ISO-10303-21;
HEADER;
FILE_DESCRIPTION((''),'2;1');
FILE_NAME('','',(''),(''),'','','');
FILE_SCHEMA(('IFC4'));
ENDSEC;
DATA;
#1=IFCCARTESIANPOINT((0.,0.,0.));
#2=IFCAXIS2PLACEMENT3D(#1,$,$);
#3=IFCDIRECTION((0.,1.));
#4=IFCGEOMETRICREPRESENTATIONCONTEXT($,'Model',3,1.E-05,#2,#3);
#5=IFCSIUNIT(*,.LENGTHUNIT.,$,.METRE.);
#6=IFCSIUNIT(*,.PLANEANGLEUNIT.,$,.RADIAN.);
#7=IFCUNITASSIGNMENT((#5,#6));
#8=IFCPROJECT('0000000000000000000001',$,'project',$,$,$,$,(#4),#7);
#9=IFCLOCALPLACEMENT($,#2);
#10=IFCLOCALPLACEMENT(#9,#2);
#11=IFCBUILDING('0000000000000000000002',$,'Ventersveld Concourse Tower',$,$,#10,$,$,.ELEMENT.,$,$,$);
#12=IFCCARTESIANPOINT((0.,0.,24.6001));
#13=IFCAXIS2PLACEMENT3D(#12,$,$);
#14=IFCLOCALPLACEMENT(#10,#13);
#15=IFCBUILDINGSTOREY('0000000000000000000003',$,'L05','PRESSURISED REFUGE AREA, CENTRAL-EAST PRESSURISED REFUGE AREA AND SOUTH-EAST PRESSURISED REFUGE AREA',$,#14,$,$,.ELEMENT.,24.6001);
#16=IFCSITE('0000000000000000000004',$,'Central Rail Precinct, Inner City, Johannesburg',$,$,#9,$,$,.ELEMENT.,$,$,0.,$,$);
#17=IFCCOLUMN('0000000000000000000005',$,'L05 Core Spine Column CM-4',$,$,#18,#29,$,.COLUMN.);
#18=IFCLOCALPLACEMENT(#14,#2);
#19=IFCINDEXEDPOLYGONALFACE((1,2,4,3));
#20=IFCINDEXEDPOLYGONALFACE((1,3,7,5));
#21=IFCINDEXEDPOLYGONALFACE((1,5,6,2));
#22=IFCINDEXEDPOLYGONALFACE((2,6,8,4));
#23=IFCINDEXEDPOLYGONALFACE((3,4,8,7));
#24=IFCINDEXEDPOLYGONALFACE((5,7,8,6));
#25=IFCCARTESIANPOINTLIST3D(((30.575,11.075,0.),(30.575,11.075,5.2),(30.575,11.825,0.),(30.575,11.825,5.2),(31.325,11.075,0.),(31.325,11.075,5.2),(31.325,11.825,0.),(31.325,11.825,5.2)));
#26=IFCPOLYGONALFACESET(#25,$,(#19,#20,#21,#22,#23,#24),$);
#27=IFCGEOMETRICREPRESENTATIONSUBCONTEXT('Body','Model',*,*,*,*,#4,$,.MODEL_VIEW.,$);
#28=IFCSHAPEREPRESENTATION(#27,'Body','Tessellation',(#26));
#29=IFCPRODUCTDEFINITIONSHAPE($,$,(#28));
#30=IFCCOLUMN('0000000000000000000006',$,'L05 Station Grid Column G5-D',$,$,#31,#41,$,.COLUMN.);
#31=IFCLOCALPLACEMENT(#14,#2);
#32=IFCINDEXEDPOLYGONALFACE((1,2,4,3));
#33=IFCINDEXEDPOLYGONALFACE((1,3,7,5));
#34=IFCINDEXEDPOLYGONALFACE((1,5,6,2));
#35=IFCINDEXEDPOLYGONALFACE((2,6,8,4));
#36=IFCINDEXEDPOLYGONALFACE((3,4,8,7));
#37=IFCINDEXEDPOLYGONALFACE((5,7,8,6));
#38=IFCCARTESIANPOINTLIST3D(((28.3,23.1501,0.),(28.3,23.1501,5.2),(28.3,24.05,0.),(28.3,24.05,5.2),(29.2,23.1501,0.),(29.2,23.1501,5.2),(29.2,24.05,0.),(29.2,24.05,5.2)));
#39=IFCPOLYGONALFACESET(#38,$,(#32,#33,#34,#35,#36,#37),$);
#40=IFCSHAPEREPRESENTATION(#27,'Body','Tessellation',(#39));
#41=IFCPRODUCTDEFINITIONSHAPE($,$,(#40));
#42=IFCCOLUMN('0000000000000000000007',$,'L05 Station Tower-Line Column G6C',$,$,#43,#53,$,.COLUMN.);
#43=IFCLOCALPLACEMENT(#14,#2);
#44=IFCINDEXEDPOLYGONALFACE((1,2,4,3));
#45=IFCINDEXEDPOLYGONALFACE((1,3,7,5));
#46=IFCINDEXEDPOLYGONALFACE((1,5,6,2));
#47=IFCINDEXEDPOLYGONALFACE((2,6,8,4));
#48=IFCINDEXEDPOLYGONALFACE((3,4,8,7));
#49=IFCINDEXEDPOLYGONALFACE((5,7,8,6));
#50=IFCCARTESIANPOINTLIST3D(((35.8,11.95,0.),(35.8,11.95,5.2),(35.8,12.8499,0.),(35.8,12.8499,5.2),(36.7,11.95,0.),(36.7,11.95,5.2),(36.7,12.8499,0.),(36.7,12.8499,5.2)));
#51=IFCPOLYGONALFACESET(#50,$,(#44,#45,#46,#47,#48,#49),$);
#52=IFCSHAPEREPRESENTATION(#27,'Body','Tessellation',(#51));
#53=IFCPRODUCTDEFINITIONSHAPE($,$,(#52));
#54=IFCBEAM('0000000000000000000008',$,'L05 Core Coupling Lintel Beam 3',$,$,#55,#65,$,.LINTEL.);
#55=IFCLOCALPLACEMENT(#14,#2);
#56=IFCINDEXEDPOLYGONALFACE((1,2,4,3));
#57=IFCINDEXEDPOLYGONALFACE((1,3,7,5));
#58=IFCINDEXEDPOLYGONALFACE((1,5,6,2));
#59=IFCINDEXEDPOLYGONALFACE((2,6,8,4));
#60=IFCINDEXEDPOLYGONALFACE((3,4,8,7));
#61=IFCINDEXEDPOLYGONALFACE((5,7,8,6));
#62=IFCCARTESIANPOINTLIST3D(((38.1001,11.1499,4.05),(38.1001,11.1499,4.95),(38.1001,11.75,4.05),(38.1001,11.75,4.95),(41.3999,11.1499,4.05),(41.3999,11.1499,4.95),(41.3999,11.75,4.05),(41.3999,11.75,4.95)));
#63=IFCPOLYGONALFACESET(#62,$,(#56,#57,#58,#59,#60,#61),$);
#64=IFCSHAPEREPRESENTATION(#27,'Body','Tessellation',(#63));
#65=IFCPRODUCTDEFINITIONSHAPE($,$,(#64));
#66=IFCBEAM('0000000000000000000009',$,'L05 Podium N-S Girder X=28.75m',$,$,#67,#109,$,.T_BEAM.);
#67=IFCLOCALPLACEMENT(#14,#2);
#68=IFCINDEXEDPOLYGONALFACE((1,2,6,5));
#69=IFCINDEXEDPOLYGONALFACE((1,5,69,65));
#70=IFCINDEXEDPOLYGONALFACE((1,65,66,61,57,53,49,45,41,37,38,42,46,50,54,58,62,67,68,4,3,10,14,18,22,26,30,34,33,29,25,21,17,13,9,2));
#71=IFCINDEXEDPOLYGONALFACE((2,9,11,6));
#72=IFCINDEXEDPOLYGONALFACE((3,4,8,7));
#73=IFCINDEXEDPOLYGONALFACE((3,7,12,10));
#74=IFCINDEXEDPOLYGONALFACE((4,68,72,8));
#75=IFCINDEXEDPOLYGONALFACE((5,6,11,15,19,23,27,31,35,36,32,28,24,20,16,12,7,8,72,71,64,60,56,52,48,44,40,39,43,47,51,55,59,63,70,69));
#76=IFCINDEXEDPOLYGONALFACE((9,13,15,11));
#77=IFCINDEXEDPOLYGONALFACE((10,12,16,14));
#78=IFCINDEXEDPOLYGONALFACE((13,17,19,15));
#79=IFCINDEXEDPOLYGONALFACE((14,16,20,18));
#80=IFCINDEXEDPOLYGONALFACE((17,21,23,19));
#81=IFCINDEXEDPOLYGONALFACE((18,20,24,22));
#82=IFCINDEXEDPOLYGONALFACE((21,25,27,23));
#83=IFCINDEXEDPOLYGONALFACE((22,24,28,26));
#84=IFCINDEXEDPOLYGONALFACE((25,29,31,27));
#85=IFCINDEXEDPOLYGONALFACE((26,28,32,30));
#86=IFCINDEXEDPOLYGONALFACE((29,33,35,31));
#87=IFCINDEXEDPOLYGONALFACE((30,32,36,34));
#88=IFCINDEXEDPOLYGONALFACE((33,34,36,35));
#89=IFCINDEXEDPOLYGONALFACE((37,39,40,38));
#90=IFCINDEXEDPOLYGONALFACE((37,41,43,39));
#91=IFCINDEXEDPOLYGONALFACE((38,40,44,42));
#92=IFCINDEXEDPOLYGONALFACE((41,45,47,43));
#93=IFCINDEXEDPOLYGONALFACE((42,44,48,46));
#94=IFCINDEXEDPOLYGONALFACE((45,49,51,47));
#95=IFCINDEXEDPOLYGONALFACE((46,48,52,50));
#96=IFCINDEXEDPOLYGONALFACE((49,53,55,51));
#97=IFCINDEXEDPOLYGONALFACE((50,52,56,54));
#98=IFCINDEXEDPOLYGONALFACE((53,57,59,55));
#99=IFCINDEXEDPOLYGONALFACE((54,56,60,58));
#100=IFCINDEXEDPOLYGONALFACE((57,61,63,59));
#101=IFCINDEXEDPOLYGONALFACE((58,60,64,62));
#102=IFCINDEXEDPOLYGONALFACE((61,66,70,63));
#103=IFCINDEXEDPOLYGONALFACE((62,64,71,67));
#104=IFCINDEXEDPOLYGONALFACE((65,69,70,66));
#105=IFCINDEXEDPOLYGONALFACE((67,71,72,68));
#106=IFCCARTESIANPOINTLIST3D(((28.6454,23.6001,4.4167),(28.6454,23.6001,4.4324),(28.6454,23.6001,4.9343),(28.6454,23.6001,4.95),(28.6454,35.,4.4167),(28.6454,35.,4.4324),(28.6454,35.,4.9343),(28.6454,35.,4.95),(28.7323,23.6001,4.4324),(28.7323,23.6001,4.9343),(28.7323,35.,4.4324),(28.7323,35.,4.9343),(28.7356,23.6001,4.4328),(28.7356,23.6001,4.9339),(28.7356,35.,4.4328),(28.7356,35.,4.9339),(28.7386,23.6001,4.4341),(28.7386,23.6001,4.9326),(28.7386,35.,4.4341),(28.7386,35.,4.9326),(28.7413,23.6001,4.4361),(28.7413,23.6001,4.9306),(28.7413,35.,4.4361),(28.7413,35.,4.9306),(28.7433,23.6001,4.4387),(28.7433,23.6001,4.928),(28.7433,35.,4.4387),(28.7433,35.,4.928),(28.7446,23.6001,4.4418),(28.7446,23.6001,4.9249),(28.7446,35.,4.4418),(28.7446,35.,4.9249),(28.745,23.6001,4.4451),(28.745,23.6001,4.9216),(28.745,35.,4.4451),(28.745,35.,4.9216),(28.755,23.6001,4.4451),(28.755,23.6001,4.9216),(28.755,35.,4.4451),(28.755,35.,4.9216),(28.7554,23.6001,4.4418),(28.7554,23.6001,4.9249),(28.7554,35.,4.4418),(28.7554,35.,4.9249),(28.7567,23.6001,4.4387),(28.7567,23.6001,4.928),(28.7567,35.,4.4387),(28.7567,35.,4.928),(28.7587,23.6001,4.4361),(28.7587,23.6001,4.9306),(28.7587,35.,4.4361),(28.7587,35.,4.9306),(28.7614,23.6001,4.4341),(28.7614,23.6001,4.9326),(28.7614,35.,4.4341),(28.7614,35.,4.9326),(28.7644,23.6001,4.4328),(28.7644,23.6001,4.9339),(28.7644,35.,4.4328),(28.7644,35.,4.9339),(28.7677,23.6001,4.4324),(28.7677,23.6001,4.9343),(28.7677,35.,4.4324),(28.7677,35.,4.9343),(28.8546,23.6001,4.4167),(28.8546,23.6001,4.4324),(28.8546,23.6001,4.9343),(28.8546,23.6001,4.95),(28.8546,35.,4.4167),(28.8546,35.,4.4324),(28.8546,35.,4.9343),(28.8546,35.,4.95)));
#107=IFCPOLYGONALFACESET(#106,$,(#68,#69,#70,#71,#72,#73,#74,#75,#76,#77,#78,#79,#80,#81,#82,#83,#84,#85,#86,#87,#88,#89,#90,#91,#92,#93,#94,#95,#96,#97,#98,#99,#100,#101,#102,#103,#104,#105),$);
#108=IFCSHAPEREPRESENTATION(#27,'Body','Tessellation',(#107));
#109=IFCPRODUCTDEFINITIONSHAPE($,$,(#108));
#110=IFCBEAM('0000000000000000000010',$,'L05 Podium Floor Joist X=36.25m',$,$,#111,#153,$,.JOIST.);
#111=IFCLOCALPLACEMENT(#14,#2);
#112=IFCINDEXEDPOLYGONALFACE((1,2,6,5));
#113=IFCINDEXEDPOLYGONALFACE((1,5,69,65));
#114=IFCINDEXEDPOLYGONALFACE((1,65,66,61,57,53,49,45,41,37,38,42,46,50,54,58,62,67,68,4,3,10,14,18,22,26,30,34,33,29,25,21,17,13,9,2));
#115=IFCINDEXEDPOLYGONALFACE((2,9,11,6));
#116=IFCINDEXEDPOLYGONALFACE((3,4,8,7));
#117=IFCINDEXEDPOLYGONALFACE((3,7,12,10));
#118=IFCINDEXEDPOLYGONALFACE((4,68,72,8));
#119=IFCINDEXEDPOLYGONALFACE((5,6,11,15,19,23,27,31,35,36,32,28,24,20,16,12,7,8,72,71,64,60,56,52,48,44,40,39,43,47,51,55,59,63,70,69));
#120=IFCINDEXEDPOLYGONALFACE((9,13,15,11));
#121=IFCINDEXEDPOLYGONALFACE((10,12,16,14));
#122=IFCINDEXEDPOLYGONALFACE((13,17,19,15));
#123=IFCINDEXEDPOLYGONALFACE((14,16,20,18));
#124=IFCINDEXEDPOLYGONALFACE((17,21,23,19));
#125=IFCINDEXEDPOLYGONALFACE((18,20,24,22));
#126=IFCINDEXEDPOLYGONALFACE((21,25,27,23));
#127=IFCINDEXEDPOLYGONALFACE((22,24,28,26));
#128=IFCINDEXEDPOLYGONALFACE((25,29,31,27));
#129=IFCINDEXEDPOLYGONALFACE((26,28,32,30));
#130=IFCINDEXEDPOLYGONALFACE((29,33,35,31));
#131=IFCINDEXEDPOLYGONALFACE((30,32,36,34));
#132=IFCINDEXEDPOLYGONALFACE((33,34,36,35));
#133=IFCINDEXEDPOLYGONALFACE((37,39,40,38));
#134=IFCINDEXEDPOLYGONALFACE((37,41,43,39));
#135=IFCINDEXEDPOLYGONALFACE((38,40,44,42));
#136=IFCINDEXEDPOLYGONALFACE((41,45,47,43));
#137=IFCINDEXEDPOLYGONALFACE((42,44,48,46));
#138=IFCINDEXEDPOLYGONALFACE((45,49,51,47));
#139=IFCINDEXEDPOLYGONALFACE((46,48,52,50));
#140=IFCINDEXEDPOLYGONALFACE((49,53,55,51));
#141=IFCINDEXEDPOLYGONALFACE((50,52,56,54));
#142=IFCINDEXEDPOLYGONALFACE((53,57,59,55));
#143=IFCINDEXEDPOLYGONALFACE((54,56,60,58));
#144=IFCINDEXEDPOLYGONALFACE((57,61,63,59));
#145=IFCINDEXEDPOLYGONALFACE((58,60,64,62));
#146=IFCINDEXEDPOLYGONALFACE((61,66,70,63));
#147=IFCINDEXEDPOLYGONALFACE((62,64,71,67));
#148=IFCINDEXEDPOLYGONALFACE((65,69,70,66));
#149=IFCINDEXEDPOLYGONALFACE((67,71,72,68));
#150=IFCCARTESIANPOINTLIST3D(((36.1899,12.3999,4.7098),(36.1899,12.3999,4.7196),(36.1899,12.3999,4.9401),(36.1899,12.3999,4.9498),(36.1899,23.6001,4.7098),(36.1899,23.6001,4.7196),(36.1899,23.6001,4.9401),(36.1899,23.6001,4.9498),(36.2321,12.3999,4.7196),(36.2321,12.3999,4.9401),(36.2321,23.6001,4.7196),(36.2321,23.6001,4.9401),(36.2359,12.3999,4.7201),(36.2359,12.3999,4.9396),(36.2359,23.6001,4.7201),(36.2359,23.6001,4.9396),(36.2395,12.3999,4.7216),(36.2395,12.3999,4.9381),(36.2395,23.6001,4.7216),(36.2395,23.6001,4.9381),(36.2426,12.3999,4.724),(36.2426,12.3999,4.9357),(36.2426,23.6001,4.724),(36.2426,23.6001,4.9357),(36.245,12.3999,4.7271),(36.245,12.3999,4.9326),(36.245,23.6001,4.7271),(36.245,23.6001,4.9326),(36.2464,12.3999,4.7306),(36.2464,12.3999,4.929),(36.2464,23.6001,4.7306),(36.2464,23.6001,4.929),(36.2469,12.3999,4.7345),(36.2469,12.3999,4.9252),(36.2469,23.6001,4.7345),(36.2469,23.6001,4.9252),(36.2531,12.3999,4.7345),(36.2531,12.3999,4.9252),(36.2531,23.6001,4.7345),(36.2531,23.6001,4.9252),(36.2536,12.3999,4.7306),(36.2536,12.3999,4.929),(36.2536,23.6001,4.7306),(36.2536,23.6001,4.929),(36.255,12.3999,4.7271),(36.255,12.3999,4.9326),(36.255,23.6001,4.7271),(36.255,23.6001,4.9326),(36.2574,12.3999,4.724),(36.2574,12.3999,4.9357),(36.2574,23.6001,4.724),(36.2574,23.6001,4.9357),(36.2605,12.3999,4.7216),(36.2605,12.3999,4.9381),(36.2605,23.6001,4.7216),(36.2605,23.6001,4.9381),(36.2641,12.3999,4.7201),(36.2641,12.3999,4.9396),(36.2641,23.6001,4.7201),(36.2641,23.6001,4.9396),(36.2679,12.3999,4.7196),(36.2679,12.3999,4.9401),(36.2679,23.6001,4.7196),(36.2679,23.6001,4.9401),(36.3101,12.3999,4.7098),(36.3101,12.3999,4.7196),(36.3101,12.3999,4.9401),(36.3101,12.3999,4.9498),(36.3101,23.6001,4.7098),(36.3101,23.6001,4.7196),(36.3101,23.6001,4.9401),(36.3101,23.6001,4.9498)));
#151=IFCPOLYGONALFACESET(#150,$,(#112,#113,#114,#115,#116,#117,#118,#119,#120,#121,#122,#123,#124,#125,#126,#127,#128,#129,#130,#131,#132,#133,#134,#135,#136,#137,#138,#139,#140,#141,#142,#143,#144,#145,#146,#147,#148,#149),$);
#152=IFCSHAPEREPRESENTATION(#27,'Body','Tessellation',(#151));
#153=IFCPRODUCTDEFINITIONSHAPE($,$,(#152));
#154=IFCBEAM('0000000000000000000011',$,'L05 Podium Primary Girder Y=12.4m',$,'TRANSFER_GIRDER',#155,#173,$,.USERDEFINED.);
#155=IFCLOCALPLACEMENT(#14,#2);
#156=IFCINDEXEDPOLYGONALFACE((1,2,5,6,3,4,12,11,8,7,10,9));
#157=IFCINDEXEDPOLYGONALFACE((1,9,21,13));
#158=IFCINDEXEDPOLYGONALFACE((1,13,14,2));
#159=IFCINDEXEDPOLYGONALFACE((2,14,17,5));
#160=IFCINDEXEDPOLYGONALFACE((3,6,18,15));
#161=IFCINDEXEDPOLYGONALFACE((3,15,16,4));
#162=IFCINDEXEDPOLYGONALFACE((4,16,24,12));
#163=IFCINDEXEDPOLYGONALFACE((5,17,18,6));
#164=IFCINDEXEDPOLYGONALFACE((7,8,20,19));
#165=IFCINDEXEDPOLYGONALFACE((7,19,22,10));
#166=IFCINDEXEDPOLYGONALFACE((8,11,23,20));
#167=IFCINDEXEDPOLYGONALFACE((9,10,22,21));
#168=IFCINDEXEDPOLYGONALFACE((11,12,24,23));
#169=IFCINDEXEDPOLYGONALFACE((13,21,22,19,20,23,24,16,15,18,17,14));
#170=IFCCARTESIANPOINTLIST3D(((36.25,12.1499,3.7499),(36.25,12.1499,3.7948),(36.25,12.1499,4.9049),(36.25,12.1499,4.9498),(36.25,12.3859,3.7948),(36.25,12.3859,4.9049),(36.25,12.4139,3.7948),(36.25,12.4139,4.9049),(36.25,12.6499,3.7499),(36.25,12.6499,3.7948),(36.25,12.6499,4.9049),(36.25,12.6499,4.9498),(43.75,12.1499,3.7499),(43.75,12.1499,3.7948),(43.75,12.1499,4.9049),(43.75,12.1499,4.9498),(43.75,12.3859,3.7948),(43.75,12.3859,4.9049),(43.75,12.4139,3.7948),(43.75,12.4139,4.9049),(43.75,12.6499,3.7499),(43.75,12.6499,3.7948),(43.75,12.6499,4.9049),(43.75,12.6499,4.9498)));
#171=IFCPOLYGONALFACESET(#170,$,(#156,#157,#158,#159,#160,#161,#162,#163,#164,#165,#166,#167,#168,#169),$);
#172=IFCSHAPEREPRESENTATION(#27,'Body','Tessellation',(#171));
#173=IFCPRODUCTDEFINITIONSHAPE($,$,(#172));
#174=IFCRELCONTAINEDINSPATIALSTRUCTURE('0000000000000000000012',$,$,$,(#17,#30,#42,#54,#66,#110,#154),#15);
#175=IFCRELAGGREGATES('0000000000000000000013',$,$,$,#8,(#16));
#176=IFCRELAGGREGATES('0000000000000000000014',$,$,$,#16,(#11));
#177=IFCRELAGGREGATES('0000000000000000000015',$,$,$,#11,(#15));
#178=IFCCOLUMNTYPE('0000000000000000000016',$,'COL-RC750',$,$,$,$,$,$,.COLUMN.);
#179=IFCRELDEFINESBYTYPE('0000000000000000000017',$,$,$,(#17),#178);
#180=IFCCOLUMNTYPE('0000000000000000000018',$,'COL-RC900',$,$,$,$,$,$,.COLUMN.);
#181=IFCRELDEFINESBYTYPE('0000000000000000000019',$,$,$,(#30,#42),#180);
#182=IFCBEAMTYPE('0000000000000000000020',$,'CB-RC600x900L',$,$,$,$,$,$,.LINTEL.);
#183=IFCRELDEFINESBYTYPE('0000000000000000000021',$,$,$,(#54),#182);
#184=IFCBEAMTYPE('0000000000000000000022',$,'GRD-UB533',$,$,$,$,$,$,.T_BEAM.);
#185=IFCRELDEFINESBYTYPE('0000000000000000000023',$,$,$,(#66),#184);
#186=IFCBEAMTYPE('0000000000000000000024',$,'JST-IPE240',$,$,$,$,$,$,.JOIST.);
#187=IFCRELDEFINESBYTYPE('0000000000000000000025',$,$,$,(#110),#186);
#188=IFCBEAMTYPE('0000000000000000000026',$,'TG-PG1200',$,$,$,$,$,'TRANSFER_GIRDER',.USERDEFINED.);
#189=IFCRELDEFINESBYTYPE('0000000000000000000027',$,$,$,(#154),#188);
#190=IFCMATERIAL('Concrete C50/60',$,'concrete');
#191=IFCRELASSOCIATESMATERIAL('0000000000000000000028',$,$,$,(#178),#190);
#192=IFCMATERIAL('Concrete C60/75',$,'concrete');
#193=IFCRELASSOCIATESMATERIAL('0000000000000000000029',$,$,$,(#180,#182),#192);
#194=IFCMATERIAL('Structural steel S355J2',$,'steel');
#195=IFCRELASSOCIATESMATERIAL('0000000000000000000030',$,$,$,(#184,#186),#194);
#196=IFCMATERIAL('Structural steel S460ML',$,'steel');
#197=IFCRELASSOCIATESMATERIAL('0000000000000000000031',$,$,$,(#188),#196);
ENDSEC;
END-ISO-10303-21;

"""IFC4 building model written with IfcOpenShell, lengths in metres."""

from ifc_helpers import new_model, si_unit, direction, frame, origin, origin_2d, place, context, subcontext, project, spatial, rectangle, i_section, extrude, material, material_profile, profile_set, type_object, element, save


model = new_model("IFC4")

# Units and contexts
model_context = context("Model", 3, precision=1e-05, world=origin(), true_north=direction((0.0, 1.0)))
body_context = subcontext(model_context, "Body", "Model", "MODEL_VIEW")
ifc_project = project(units=[si_unit("LENGTHUNIT", "METRE"), si_unit("PLANEANGLEUNIT", "RADIAN")], contexts=[model_context])

# Site, building, storey
site_placement = place(None, origin())
site = spatial("IfcSite", under=ifc_project, at=site_placement, Name="Central Rail Precinct, Inner City, Johannesburg", CompositionType="ELEMENT", RefElevation=0.0)
building_placement = place(site_placement, origin())
building = spatial("IfcBuilding", under=site, at=building_placement, Name="Ventersveld Concourse Tower", CompositionType="ELEMENT")
storey_placement = place(building_placement, frame((0.0, 0.0, 24.6001)))
storey = spatial("IfcBuildingStorey", under=building, at=storey_placement, Name="L05", Description="PRESSURISED REFUGE AREA, CENTRAL-EAST PRESSURISED REFUGE AREA AND SOUTH-EAST PRESSURISED REFUGE AREA", CompositionType="ELEMENT", Elevation=24.6001)

# Columns
ifc_material_1 = material(Name="Concrete C50/60", Category="concrete")
ifc_material_profile_1 = material_profile(ifc_material_1, rectangle(XDim=0.75, YDim=0.75, at=origin_2d()), Name="RC 750x750")
ifc_profile_set_1 = profile_set([ifc_material_profile_1], Name="Concrete C50/60")
column_type_1 = type_object("IfcColumnType", Name="COL-RC750", PredefinedType="COLUMN", material=ifc_profile_set_1)
column_placement = place(storey_placement, frame((30.95, 11.45, 0.0), z_axis=(0.0, 0.0, 1.0), x_axis=(1.0, 0.0, 0.0)))
element("IfcColumn", 1, at=column_placement, inside=storey, type_object=column_type_1, Name="L05 Core Spine Column CM-4", PredefinedType="COLUMN", context=body_context, shape_type="SweptSolid", body=[
    extrude(rectangle(XDim=0.75, YDim=0.75, at=origin_2d()), origin(), (0.0, 0.0, 1.0), 5.2),
])
ifc_material_2 = material(Name="Concrete C60/75", Category="concrete")
ifc_material_profile_2 = material_profile(ifc_material_2, rectangle(XDim=0.8999, YDim=0.8999, at=origin_2d()), Name="RC 900x900")
ifc_profile_set_2 = profile_set([ifc_material_profile_2], Name="Concrete C60/75")
column_type_2 = type_object("IfcColumnType", Name="COL-RC900", PredefinedType="COLUMN", material=ifc_profile_set_2)
for number, where, z_axis, x_axis, name in (
    (2, (28.75, 23.6001, 0.0), (0.0, 0.0, 1.0), (1.0, 0.0, 0.0), "L05 Station Grid Column G5-D"),
    (3, (36.25, 12.3999, 0.0), (0.0, 0.0, 1.0), (1.0, 0.0, 0.0), "L05 Station Tower-Line Column G6C"),
):
    element("IfcColumn", number, at=place(storey_placement, frame(where, z_axis=z_axis, x_axis=x_axis)), inside=storey, type_object=column_type_2, Name=name, PredefinedType="COLUMN", context=body_context, shape_type="SweptSolid", body=[
        extrude(rectangle(XDim=0.8999, YDim=0.8999, at=origin_2d()), origin(), (0.0, 0.0, 1.0), 5.2),
    ])

# Beams
ifc_material_profile_3 = material_profile(ifc_material_2, rectangle(XDim=0.6001, YDim=0.8999, at=origin_2d()), Name="RC 600x900")
ifc_profile_set_3 = profile_set([ifc_material_profile_3], Name="Concrete C60/75")
beam_type_1 = type_object("IfcBeamType", Name="CB-RC600x900L", PredefinedType="LINTEL", material=ifc_profile_set_3)
beam_1_placement = place(storey_placement, frame((38.1001, 11.45, 4.5), z_axis=(1.0, 0.0, 0.0), x_axis=(0.0, 1.0, 0.0)))
element("IfcBeam", 4, at=beam_1_placement, inside=storey, type_object=beam_type_1, Name="L05 Core Coupling Lintel Beam 3", PredefinedType="LINTEL", context=body_context, shape_type="SweptSolid", body=[
    extrude(rectangle(XDim=0.6001, YDim=0.8999, at=origin_2d()), origin(), (0.0, 0.0, 1.0), 3.2998),
])
ifc_material_3 = material(Name="Structural steel S355J2", Category="steel")
ifc_material_profile_4 = material_profile(ifc_material_3, i_section(OverallWidth=0.2092, OverallDepth=0.5332, WebThickness=0.01, FlangeThickness=0.0156, FilletRadius=0.0127, at=origin_2d()), Name="UB 533x210x92")
ifc_profile_set_4 = profile_set([ifc_material_profile_4], Name="Structural steel S355J2")
beam_type_2 = type_object("IfcBeamType", Name="GRD-UB533", PredefinedType="T_BEAM", material=ifc_profile_set_4)
beam_2_placement = place(storey_placement, frame((28.75, 23.6001, 4.6833), z_axis=(0.0, 1.0, 0.0), x_axis=(-1.0, 0.0, 0.0)))
element("IfcBeam", 5, at=beam_2_placement, inside=storey, type_object=beam_type_2, Name="L05 Podium N-S Girder X=28.75m", PredefinedType="T_BEAM", context=body_context, shape_type="SweptSolid", body=[
    extrude(i_section(OverallWidth=0.2092, OverallDepth=0.5332, WebThickness=0.01, FlangeThickness=0.0156, FilletRadius=0.0127, at=origin_2d()), origin(), (0.0, 0.0, 1.0), 11.3999),
])
ifc_material_profile_5 = material_profile(ifc_material_3, i_section(OverallWidth=0.1201, OverallDepth=0.24, WebThickness=0.0061, FlangeThickness=0.0098, FilletRadius=0.0149, at=origin_2d()), Name="IPE 240")
ifc_profile_set_5 = profile_set([ifc_material_profile_5], Name="Structural steel S355J2")
beam_type_3 = type_object("IfcBeamType", Name="JST-IPE240", PredefinedType="JOIST", material=ifc_profile_set_5)
beam_3_placement = place(storey_placement, frame((36.25, 12.3999, 4.8298), z_axis=(0.0, 1.0, 0.0), x_axis=(-1.0, 0.0, 0.0)))
element("IfcBeam", 6, at=beam_3_placement, inside=storey, type_object=beam_type_3, Name="L05 Podium Floor Joist X=36.25m", PredefinedType="JOIST", context=body_context, shape_type="SweptSolid", body=[
    extrude(i_section(OverallWidth=0.1201, OverallDepth=0.24, WebThickness=0.0061, FlangeThickness=0.0098, FilletRadius=0.0149, at=origin_2d()), origin(), (0.0, 0.0, 1.0), 11.2002),
])
ifc_material_4 = material(Name="Structural steel S460ML", Category="steel")
ifc_material_profile_6 = material_profile(ifc_material_4, i_section(OverallWidth=0.5, OverallDepth=1.2, WebThickness=0.0281, FlangeThickness=0.0449, at=origin_2d()), Name="PG 1200x500x45")
ifc_profile_set_6 = profile_set([ifc_material_profile_6], Name="Structural steel S460ML")
beam_type_4 = type_object("IfcBeamType", Name="TG-PG1200", ElementType="TRANSFER_GIRDER", PredefinedType="USERDEFINED", material=ifc_profile_set_6)
beam_4_placement = place(storey_placement, frame((36.25, 12.3999, 4.3499), z_axis=(1.0, 0.0, 0.0), x_axis=(0.0, 1.0, 0.0)))
element("IfcBeam", 7, at=beam_4_placement, inside=storey, type_object=beam_type_4, Name="L05 Podium Primary Girder Y=12.4m", ObjectType="TRANSFER_GIRDER", PredefinedType="USERDEFINED", context=body_context, shape_type="SweptSolid", body=[
    extrude(i_section(OverallWidth=0.5, OverallDepth=1.2, WebThickness=0.0281, FlangeThickness=0.0449, at=origin_2d()), origin(), (0.0, 0.0, 1.0), 7.5),
])

save(model, "model.ifc")
